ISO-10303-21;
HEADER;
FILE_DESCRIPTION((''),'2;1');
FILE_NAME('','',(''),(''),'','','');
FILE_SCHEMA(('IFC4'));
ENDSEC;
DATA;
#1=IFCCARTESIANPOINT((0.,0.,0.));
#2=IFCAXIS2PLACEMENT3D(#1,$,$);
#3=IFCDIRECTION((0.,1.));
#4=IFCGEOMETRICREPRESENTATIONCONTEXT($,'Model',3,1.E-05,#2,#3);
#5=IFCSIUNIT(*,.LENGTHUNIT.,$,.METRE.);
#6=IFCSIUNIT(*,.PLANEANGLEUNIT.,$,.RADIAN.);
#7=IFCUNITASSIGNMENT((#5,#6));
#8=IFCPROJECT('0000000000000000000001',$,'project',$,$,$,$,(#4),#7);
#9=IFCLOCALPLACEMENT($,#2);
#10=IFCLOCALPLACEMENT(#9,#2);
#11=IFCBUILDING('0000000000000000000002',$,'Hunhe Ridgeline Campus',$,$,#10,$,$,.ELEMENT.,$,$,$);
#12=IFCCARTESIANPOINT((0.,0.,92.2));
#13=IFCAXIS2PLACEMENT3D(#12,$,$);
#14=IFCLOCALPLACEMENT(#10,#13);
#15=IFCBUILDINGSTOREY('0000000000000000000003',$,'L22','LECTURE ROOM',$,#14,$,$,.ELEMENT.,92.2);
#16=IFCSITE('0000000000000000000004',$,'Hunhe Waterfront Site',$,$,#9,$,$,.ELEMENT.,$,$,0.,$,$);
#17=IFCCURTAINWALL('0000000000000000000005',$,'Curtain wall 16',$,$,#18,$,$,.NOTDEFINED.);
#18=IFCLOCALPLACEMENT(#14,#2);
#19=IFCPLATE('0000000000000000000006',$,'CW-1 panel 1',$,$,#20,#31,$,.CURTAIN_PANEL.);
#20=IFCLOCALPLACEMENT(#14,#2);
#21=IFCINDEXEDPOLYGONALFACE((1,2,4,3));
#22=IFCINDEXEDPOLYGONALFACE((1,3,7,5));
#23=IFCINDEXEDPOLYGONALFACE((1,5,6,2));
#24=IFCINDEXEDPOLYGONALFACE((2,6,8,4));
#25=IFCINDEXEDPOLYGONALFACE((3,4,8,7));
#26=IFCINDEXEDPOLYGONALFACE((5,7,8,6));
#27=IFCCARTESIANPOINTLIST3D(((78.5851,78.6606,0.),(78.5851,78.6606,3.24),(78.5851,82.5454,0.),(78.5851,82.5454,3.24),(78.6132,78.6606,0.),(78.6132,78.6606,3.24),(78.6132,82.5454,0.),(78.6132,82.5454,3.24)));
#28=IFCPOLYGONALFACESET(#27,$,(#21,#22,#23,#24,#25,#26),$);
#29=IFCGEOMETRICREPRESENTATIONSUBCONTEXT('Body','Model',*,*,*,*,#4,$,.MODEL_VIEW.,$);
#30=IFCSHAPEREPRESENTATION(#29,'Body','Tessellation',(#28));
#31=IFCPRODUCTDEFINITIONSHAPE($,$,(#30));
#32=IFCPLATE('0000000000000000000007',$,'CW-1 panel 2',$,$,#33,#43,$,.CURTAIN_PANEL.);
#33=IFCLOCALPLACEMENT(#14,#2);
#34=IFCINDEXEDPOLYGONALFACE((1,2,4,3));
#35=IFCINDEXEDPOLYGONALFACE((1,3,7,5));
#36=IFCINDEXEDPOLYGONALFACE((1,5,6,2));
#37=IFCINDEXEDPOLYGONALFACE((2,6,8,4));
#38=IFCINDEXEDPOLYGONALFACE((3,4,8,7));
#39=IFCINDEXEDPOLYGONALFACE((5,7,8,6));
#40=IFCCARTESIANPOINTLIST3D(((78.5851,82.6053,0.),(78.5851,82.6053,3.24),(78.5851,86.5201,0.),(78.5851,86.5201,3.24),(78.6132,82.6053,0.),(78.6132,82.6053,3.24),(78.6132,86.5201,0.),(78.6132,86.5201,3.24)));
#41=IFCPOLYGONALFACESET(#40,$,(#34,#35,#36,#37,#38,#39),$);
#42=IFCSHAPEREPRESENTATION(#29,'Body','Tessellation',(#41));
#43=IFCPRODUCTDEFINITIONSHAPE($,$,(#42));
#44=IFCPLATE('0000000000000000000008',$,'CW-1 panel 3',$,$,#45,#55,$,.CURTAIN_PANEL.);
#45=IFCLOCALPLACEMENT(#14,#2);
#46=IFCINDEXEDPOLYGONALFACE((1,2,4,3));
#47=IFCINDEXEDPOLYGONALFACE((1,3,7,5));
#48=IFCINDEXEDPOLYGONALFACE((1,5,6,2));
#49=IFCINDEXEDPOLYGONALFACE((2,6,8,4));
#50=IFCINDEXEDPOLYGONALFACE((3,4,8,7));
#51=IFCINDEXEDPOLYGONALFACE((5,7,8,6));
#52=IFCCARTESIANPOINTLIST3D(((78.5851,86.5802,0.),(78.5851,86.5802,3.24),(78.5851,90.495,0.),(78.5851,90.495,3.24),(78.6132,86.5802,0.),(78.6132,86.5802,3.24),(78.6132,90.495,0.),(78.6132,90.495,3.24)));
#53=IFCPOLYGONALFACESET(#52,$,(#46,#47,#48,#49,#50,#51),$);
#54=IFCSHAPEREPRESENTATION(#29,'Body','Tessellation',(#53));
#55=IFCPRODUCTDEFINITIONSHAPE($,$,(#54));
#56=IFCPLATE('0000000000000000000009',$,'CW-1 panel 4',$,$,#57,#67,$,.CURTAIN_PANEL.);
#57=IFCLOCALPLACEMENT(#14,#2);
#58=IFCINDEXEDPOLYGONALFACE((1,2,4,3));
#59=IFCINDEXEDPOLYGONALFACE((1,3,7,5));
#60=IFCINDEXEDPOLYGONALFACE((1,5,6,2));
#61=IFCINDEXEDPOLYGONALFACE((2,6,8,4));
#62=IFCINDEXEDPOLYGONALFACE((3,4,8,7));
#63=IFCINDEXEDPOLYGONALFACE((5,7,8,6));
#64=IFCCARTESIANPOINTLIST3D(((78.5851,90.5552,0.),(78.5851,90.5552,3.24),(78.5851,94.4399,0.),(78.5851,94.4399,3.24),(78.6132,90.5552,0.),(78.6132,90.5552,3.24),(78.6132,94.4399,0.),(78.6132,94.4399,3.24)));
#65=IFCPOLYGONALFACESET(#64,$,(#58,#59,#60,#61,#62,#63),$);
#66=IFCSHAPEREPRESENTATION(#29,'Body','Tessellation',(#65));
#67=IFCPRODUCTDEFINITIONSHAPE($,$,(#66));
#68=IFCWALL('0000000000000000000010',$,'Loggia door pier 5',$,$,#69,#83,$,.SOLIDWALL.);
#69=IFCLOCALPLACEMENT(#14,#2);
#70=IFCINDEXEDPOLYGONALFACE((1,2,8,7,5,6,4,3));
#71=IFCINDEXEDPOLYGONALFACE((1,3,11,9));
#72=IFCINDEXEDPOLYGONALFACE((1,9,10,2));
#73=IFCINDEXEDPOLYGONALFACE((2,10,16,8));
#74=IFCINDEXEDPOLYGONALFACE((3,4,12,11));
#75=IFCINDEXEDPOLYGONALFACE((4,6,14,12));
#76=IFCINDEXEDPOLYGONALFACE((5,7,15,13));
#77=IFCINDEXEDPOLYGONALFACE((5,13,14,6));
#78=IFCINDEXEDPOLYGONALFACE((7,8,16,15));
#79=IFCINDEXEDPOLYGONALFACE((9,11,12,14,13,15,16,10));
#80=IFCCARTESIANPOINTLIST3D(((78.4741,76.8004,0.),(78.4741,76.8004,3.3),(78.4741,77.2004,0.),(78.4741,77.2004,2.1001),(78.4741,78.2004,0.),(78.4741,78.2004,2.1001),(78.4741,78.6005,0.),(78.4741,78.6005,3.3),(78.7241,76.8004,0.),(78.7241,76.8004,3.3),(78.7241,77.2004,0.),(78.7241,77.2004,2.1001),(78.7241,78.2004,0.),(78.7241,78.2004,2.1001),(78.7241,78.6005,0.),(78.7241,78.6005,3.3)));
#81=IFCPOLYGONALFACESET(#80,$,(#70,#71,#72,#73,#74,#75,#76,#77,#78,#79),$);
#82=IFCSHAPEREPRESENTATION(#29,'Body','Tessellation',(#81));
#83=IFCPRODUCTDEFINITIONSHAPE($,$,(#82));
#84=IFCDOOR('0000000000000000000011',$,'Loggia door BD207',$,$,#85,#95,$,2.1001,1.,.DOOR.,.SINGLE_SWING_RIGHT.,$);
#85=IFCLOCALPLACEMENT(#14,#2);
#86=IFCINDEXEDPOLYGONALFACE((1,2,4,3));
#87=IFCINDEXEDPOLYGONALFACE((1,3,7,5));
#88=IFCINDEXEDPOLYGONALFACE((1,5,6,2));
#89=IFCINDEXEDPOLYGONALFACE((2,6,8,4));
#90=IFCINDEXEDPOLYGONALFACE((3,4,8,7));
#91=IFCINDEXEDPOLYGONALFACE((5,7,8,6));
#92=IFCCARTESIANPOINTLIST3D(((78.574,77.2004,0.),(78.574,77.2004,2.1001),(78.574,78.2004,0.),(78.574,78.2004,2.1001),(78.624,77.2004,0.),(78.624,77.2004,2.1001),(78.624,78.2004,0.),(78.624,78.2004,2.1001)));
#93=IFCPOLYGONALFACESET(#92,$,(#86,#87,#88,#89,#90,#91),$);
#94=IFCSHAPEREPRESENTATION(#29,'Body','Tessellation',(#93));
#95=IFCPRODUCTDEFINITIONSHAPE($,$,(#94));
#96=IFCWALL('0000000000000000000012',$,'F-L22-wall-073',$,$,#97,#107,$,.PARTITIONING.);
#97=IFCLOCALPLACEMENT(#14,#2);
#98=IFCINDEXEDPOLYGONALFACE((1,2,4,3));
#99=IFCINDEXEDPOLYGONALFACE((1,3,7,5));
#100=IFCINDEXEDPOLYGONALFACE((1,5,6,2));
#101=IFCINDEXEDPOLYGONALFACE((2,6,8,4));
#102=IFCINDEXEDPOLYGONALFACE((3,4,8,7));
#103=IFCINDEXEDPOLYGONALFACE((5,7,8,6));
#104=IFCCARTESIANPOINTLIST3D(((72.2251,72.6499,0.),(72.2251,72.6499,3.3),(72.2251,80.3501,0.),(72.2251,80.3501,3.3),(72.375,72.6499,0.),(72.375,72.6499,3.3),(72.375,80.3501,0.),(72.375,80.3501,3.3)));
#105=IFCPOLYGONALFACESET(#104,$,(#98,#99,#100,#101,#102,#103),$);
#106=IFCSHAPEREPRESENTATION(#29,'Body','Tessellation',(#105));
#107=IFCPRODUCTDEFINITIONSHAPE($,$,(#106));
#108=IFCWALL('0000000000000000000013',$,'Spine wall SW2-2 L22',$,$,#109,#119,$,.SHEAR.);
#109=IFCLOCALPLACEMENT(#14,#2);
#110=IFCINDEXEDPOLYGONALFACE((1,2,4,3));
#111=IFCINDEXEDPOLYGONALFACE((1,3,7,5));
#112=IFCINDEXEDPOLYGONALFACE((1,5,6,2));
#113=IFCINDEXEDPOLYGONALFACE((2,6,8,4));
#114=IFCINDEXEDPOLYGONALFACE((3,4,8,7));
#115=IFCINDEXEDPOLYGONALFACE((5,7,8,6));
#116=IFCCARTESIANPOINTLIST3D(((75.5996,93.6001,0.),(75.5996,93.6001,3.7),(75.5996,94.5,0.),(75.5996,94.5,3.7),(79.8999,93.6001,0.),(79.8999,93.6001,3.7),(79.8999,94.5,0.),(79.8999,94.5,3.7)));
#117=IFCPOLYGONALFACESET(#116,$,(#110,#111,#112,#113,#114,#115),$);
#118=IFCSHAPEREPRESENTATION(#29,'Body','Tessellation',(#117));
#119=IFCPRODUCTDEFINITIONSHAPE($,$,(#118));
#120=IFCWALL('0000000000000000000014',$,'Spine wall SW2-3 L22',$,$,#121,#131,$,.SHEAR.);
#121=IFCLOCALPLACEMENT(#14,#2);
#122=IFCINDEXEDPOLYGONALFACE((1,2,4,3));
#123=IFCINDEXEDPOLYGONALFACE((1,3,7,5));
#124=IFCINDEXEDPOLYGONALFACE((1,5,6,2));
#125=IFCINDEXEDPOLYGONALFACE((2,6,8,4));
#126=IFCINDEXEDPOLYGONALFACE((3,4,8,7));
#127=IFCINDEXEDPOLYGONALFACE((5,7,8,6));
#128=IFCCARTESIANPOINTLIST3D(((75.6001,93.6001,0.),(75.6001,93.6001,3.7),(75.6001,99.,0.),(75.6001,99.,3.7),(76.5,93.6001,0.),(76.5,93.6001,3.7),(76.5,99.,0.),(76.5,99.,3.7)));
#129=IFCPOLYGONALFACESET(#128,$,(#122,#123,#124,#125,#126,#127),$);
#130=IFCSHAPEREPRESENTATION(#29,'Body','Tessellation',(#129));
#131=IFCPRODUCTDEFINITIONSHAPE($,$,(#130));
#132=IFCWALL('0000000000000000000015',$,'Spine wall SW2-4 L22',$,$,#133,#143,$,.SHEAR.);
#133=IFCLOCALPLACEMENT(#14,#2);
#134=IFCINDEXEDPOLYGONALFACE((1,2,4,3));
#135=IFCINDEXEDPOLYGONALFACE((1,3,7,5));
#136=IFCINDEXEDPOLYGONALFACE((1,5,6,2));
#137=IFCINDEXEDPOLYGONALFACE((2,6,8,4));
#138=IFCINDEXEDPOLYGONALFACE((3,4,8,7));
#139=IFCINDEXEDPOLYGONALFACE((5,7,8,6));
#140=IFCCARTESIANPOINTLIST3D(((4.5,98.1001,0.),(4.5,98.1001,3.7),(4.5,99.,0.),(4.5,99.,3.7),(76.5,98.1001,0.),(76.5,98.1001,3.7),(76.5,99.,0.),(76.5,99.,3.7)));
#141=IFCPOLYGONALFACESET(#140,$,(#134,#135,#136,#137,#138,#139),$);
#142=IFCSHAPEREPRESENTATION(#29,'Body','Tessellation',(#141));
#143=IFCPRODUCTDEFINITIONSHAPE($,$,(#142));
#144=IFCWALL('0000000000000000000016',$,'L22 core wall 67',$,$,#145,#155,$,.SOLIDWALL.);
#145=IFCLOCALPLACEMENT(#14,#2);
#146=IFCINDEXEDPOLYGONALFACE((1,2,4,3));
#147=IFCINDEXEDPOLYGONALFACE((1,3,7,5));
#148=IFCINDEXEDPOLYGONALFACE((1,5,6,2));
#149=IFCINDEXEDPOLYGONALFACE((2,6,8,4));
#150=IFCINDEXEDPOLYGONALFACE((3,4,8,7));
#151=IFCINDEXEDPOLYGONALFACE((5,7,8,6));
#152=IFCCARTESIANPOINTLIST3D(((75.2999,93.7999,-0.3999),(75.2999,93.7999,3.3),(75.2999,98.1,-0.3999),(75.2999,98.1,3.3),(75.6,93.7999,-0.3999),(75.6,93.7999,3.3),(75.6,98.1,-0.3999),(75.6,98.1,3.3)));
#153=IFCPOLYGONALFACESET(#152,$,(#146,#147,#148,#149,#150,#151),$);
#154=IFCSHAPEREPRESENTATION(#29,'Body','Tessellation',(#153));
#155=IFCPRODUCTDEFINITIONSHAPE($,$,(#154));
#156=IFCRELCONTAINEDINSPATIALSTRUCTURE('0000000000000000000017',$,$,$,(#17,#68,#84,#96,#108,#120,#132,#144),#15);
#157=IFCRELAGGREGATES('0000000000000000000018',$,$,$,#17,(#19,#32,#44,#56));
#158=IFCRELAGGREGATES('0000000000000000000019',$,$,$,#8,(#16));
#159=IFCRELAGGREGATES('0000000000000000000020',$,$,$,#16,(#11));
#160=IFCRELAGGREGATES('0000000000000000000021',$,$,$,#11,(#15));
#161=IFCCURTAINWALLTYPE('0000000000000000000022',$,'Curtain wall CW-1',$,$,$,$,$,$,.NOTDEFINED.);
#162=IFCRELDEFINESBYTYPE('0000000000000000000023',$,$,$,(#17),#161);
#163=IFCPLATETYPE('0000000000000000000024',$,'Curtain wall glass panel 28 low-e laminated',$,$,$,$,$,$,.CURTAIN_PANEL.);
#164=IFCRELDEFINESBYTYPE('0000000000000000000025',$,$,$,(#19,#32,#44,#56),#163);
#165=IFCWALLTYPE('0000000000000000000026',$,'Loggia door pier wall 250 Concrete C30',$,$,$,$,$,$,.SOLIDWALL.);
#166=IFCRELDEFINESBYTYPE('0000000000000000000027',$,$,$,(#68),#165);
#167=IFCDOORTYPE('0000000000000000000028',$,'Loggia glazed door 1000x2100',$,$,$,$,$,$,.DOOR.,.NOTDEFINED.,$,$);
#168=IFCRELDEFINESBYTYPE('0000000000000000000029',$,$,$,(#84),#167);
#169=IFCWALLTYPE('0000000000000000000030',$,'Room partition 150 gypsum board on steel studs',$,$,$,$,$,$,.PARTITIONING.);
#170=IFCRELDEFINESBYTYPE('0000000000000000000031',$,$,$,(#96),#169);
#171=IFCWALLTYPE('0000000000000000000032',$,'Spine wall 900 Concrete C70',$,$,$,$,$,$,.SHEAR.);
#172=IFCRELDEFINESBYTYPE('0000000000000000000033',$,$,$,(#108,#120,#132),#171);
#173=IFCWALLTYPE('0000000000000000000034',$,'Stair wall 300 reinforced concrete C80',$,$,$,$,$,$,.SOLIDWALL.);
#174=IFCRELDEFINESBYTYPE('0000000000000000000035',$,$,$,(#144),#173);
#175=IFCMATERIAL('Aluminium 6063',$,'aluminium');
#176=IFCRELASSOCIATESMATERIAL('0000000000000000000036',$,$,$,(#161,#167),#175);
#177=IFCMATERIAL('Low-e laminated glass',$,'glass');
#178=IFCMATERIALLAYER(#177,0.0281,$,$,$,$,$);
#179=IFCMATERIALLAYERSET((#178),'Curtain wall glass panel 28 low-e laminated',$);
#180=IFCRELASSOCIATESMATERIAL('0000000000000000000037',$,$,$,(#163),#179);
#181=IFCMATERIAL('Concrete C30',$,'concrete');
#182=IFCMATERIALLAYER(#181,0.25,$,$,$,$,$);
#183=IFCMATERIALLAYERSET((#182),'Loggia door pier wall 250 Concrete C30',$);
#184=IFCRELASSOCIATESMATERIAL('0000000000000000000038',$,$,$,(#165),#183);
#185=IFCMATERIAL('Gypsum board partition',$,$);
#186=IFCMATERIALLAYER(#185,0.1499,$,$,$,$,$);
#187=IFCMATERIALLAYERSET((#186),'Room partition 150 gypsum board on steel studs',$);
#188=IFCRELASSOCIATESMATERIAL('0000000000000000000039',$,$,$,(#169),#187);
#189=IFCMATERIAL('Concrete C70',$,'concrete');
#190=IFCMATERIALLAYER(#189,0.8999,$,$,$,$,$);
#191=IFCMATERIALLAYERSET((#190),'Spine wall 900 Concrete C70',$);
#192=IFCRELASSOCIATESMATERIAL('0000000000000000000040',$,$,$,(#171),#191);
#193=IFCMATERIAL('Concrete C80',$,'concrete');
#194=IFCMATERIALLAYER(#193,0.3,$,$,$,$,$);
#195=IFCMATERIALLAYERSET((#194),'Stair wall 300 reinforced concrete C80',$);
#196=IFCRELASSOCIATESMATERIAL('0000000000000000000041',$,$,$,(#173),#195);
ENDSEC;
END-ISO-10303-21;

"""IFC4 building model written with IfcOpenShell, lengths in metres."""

from ifc_helpers import new_model, si_unit, direction, frame, frame_2d, origin, origin_2d, place, context, subcontext, project, spatial, rectangle, extrude, material, layer, layer_set, type_object, element, fill, aggregate, save


model = new_model("IFC4")

# Units and contexts
model_context = context("Model", 3, precision=1e-05, world=origin(), true_north=direction((0.0, 1.0)))
body_context = subcontext(model_context, "Body", "Model", "MODEL_VIEW")
ifc_project = project(units=[si_unit("LENGTHUNIT", "METRE"), si_unit("PLANEANGLEUNIT", "RADIAN")], contexts=[model_context])

# Site, building, storey
site_placement = place(None, origin())
site = spatial("IfcSite", under=ifc_project, at=site_placement, Name="Hunhe Waterfront Site", CompositionType="ELEMENT", RefElevation=0.0)
building_placement = place(site_placement, origin())
building = spatial("IfcBuilding", under=site, at=building_placement, Name="Hunhe Ridgeline Campus", CompositionType="ELEMENT")
storey_placement = place(building_placement, frame((0.0, 0.0, 92.2)))
storey = spatial("IfcBuildingStorey", under=building, at=storey_placement, Name="L22", Description="LECTURE ROOM", CompositionType="ELEMENT", Elevation=92.2)

# Shared definitions
ifc_material_1 = material(Name="Concrete C70", Category="concrete")

# Shared definitions
ifc_material_2 = material(Name="Aluminium 6063", Category="aluminium")
curtain_wall_type = type_object("IfcCurtainWallType", Name="Curtain wall CW-1", PredefinedType="NOTDEFINED", material=ifc_material_2)

# Curtain wall
curtain_wall_1_placement = place(storey_placement, origin())
curtain_wall_1 = element("IfcCurtainWall", 1, at=curtain_wall_1_placement, inside=storey, type_object=curtain_wall_type, Name="Curtain wall 16", PredefinedType="NOTDEFINED")

# Plates
ifc_material_3 = material(Name="Low-e laminated glass", Category="glass")
ifc_layer_1 = layer(ifc_material_3, 0.0281)
ifc_layer_set_1 = layer_set([ifc_layer_1], Name="Curtain wall glass panel 28 low-e laminated")
plate_type = type_object("IfcPlateType", Name="Curtain wall glass panel 28 low-e laminated", PredefinedType="CURTAIN_PANEL", material=ifc_layer_set_1)
plate_1_placement = place(storey_placement, frame((78.5991, 80.603, 0.0), z_axis=(0.0, 0.0, 1.0), x_axis=(0.0, 1.0, 0.0)))
plate_1 = element("IfcPlate", 2, at=plate_1_placement, type_object=plate_type, Name="CW-1 panel 1", PredefinedType="CURTAIN_PANEL", context=body_context, shape_type="SweptSolid", body=[
    extrude(rectangle(XDim=3.8848, YDim=0.0281, at=origin_2d()), origin(), (0.0, 0.0, 1.0), 3.24),
])
plate_2_placement = place(storey_placement, frame((78.5991, 84.5627, 0.0), z_axis=(0.0, 0.0, 1.0), x_axis=(0.0, 1.0, 0.0)))
plate_2 = element("IfcPlate", 3, at=plate_2_placement, type_object=plate_type, Name="CW-1 panel 2", PredefinedType="CURTAIN_PANEL", context=body_context, shape_type="SweptSolid", body=[
    extrude(rectangle(XDim=3.9148, YDim=0.0281, at=origin_2d()), origin(), (0.0, 0.0, 1.0), 3.24),
])
plate_3_placement = place(storey_placement, frame((78.5991, 88.5376, 0.0), z_axis=(0.0, 0.0, 1.0), x_axis=(0.0, 1.0, 0.0)))
plate_3 = element("IfcPlate", 4, at=plate_3_placement, type_object=plate_type, Name="CW-1 panel 3", PredefinedType="CURTAIN_PANEL", context=body_context, shape_type="SweptSolid", body=[
    extrude(rectangle(XDim=3.9148, YDim=0.0281, at=origin_2d()), origin(), (0.0, 0.0, 1.0), 3.24),
])
plate_4_placement = place(storey_placement, frame((78.5991, 92.4976, 0.0), z_axis=(0.0, 0.0, 1.0), x_axis=(0.0, 1.0, 0.0)))
plate_4 = element("IfcPlate", 5, at=plate_4_placement, type_object=plate_type, Name="CW-1 panel 4", PredefinedType="CURTAIN_PANEL", context=body_context, shape_type="SweptSolid", body=[
    extrude(rectangle(XDim=3.8848, YDim=0.0281, at=origin_2d()), origin(), (0.0, 0.0, 1.0), 3.24),
])
aggregate(curtain_wall_1, [plate_1, plate_2, plate_3, plate_4])

# Shared definitions
ifc_material_4 = material(Name="Gypsum board partition")

# Wall, opening, door
ifc_material_5 = material(Name="Concrete C30", Category="concrete")
ifc_layer_2 = layer(ifc_material_5, 0.25)
ifc_layer_set_2 = layer_set([ifc_layer_2], Name="Loggia door pier wall 250 Concrete C30")
wall_type_1 = type_object("IfcWallType", Name="Loggia door pier wall 250 Concrete C30", PredefinedType="SOLIDWALL", material=ifc_layer_set_2)
wall_1_placement = place(storey_placement, frame((78.5991, 76.8005, 0.0), z_axis=(0.0, 0.0, 1.0), x_axis=(0.0, 1.0, 0.0)))
wall_1 = element("IfcWall", 6, at=wall_1_placement, inside=storey, type_object=wall_type_1, Name="Loggia door pier 5", PredefinedType="SOLIDWALL", context=body_context, shape_type="SweptSolid", body=[
    extrude(rectangle(XDim=1.8, YDim=0.25, at=frame_2d((0.8999, 0.0))), origin(), (0.0, 0.0, 1.0), 3.3),
])
opening_1_placement = place(wall_1_placement, frame((0.3999, 0.0, 0.0)))
opening_1 = element("IfcOpeningElement", 7, at=opening_1_placement, cuts=wall_1, PredefinedType="OPENING", context=body_context, shape_type="SweptSolid", body=[
    extrude(rectangle(XDim=1.0, YDim=2.1001, at=frame_2d((0.5, 1.05))), frame((0.0, 0.125, 0.0), z_axis=(0.0, -1.0, 0.0), x_axis=(1.0, 0.0, 0.0)), (0.0, 0.0, 1.0), 0.25),
])
door_type_1 = type_object("IfcDoorType", Name="Loggia glazed door 1000x2100", OperationType="NOTDEFINED", PredefinedType="DOOR", material=ifc_material_2)
door_1_placement = place(opening_1_placement, frame((1.0, 0.0, 0.0), z_axis=(0.0, 0.0, 1.0), x_axis=(-1.0, 0.0, 0.0)))
door_1 = element("IfcDoor", 8, at=door_1_placement, inside=storey, type_object=door_type_1, Name="Loggia door BD207", OperationType="SINGLE_SWING_RIGHT", OverallHeight=2.1001, OverallWidth=1.0, PredefinedType="DOOR", context=body_context, shape_type="SweptSolid", body=[
    extrude(rectangle(XDim=1.0, YDim=2.1001, at=frame_2d((0.5, 1.05))), frame((0.0, 0.0249, 0.0), z_axis=(0.0, -1.0, 0.0), x_axis=(1.0, 0.0, 0.0)), (0.0, 0.0, 1.0), 0.05),
])
fill(opening_1, door_1)

# Walls
ifc_layer_3 = layer(ifc_material_4, 0.1499)
ifc_layer_set_3 = layer_set([ifc_layer_3], Name="Room partition 150 gypsum board on steel studs")
wall_type_2 = type_object("IfcWallType", Name="Room partition 150 gypsum board on steel studs", PredefinedType="PARTITIONING", material=ifc_layer_set_3)
wall_2_placement = place(storey_placement, frame((72.3, 80.3501, 0.0), z_axis=(0.0, 0.0, 1.0), x_axis=(0.0, -1.0, 0.0)))
element("IfcWall", 9, at=wall_2_placement, inside=storey, type_object=wall_type_2, Name="F-L22-wall-073", PredefinedType="PARTITIONING", context=body_context, shape_type="SweptSolid", body=[
    extrude(rectangle(XDim=7.7002, YDim=0.1499, at=frame_2d((3.8501, 0.0))), origin(), (0.0, 0.0, 1.0), 3.3),
])
ifc_layer_4 = layer(ifc_material_1, 0.8999)
ifc_layer_set_4 = layer_set([ifc_layer_4], Name="Spine wall 900 Concrete C70")
wall_type_3 = type_object("IfcWallType", Name="Spine wall 900 Concrete C70", PredefinedType="SHEAR", material=ifc_layer_set_4)
wall_3_placement = place(storey_placement, frame((79.8999, 94.05, 0.0), z_axis=(0.0, 0.0, 1.0), x_axis=(-1.0, 0.0, 0.0)))
element("IfcWall", 10, at=wall_3_placement, inside=storey, type_object=wall_type_3, Name="Spine wall SW2-2 L22", PredefinedType="SHEAR", context=body_context, shape_type="SweptSolid", body=[
    extrude(rectangle(XDim=4.3003, YDim=0.8999, at=frame_2d((2.1501, 0.0))), origin(), (0.0, 0.0, 1.0), 3.7),
])
wall_4_placement = place(storey_placement, frame((76.05, 93.6001, 0.0), z_axis=(0.0, 0.0, 1.0), x_axis=(0.0, 1.0, 0.0)))
element("IfcWall", 11, at=wall_4_placement, inside=storey, type_object=wall_type_3, Name="Spine wall SW2-3 L22", PredefinedType="SHEAR", context=body_context, shape_type="SweptSolid", body=[
    extrude(rectangle(XDim=5.3999, YDim=0.8999, at=frame_2d((2.7, 0.0))), origin(), (0.0, 0.0, 1.0), 3.7),
])
wall_5_placement = place(storey_placement, frame((76.5, 98.55, 0.0), z_axis=(0.0, 0.0, 1.0), x_axis=(-1.0, 0.0, 0.0)))
element("IfcWall", 12, at=wall_5_placement, inside=storey, type_object=wall_type_3, Name="Spine wall SW2-4 L22", PredefinedType="SHEAR", context=body_context, shape_type="SweptSolid", body=[
    extrude(rectangle(XDim=72.0, YDim=0.8999, at=frame_2d((36.0, 0.0))), origin(), (0.0, 0.0, 1.0), 3.7),
])
ifc_material_6 = material(Name="Concrete C80", Category="concrete")
ifc_layer_5 = layer(ifc_material_6, 0.3)
ifc_layer_set_5 = layer_set([ifc_layer_5], Name="Stair wall 300 reinforced concrete C80")
wall_type_4 = type_object("IfcWallType", Name="Stair wall 300 reinforced concrete C80", PredefinedType="SOLIDWALL", material=ifc_layer_set_5)
wall_6_placement = place(storey_placement, frame((75.45, 93.8, -0.3999), z_axis=(0.0, 0.0, 1.0), x_axis=(0.0, 1.0, 0.0)))
element("IfcWall", 13, at=wall_6_placement, inside=storey, type_object=wall_type_4, Name="L22 core wall 67", PredefinedType="SOLIDWALL", context=body_context, shape_type="SweptSolid", body=[
    extrude(rectangle(XDim=4.3, YDim=0.3, at=frame_2d((2.1499, 0.0))), origin(), (0.0, 0.0, 1.0), 3.7),
])

save(model, "model.ifc")
